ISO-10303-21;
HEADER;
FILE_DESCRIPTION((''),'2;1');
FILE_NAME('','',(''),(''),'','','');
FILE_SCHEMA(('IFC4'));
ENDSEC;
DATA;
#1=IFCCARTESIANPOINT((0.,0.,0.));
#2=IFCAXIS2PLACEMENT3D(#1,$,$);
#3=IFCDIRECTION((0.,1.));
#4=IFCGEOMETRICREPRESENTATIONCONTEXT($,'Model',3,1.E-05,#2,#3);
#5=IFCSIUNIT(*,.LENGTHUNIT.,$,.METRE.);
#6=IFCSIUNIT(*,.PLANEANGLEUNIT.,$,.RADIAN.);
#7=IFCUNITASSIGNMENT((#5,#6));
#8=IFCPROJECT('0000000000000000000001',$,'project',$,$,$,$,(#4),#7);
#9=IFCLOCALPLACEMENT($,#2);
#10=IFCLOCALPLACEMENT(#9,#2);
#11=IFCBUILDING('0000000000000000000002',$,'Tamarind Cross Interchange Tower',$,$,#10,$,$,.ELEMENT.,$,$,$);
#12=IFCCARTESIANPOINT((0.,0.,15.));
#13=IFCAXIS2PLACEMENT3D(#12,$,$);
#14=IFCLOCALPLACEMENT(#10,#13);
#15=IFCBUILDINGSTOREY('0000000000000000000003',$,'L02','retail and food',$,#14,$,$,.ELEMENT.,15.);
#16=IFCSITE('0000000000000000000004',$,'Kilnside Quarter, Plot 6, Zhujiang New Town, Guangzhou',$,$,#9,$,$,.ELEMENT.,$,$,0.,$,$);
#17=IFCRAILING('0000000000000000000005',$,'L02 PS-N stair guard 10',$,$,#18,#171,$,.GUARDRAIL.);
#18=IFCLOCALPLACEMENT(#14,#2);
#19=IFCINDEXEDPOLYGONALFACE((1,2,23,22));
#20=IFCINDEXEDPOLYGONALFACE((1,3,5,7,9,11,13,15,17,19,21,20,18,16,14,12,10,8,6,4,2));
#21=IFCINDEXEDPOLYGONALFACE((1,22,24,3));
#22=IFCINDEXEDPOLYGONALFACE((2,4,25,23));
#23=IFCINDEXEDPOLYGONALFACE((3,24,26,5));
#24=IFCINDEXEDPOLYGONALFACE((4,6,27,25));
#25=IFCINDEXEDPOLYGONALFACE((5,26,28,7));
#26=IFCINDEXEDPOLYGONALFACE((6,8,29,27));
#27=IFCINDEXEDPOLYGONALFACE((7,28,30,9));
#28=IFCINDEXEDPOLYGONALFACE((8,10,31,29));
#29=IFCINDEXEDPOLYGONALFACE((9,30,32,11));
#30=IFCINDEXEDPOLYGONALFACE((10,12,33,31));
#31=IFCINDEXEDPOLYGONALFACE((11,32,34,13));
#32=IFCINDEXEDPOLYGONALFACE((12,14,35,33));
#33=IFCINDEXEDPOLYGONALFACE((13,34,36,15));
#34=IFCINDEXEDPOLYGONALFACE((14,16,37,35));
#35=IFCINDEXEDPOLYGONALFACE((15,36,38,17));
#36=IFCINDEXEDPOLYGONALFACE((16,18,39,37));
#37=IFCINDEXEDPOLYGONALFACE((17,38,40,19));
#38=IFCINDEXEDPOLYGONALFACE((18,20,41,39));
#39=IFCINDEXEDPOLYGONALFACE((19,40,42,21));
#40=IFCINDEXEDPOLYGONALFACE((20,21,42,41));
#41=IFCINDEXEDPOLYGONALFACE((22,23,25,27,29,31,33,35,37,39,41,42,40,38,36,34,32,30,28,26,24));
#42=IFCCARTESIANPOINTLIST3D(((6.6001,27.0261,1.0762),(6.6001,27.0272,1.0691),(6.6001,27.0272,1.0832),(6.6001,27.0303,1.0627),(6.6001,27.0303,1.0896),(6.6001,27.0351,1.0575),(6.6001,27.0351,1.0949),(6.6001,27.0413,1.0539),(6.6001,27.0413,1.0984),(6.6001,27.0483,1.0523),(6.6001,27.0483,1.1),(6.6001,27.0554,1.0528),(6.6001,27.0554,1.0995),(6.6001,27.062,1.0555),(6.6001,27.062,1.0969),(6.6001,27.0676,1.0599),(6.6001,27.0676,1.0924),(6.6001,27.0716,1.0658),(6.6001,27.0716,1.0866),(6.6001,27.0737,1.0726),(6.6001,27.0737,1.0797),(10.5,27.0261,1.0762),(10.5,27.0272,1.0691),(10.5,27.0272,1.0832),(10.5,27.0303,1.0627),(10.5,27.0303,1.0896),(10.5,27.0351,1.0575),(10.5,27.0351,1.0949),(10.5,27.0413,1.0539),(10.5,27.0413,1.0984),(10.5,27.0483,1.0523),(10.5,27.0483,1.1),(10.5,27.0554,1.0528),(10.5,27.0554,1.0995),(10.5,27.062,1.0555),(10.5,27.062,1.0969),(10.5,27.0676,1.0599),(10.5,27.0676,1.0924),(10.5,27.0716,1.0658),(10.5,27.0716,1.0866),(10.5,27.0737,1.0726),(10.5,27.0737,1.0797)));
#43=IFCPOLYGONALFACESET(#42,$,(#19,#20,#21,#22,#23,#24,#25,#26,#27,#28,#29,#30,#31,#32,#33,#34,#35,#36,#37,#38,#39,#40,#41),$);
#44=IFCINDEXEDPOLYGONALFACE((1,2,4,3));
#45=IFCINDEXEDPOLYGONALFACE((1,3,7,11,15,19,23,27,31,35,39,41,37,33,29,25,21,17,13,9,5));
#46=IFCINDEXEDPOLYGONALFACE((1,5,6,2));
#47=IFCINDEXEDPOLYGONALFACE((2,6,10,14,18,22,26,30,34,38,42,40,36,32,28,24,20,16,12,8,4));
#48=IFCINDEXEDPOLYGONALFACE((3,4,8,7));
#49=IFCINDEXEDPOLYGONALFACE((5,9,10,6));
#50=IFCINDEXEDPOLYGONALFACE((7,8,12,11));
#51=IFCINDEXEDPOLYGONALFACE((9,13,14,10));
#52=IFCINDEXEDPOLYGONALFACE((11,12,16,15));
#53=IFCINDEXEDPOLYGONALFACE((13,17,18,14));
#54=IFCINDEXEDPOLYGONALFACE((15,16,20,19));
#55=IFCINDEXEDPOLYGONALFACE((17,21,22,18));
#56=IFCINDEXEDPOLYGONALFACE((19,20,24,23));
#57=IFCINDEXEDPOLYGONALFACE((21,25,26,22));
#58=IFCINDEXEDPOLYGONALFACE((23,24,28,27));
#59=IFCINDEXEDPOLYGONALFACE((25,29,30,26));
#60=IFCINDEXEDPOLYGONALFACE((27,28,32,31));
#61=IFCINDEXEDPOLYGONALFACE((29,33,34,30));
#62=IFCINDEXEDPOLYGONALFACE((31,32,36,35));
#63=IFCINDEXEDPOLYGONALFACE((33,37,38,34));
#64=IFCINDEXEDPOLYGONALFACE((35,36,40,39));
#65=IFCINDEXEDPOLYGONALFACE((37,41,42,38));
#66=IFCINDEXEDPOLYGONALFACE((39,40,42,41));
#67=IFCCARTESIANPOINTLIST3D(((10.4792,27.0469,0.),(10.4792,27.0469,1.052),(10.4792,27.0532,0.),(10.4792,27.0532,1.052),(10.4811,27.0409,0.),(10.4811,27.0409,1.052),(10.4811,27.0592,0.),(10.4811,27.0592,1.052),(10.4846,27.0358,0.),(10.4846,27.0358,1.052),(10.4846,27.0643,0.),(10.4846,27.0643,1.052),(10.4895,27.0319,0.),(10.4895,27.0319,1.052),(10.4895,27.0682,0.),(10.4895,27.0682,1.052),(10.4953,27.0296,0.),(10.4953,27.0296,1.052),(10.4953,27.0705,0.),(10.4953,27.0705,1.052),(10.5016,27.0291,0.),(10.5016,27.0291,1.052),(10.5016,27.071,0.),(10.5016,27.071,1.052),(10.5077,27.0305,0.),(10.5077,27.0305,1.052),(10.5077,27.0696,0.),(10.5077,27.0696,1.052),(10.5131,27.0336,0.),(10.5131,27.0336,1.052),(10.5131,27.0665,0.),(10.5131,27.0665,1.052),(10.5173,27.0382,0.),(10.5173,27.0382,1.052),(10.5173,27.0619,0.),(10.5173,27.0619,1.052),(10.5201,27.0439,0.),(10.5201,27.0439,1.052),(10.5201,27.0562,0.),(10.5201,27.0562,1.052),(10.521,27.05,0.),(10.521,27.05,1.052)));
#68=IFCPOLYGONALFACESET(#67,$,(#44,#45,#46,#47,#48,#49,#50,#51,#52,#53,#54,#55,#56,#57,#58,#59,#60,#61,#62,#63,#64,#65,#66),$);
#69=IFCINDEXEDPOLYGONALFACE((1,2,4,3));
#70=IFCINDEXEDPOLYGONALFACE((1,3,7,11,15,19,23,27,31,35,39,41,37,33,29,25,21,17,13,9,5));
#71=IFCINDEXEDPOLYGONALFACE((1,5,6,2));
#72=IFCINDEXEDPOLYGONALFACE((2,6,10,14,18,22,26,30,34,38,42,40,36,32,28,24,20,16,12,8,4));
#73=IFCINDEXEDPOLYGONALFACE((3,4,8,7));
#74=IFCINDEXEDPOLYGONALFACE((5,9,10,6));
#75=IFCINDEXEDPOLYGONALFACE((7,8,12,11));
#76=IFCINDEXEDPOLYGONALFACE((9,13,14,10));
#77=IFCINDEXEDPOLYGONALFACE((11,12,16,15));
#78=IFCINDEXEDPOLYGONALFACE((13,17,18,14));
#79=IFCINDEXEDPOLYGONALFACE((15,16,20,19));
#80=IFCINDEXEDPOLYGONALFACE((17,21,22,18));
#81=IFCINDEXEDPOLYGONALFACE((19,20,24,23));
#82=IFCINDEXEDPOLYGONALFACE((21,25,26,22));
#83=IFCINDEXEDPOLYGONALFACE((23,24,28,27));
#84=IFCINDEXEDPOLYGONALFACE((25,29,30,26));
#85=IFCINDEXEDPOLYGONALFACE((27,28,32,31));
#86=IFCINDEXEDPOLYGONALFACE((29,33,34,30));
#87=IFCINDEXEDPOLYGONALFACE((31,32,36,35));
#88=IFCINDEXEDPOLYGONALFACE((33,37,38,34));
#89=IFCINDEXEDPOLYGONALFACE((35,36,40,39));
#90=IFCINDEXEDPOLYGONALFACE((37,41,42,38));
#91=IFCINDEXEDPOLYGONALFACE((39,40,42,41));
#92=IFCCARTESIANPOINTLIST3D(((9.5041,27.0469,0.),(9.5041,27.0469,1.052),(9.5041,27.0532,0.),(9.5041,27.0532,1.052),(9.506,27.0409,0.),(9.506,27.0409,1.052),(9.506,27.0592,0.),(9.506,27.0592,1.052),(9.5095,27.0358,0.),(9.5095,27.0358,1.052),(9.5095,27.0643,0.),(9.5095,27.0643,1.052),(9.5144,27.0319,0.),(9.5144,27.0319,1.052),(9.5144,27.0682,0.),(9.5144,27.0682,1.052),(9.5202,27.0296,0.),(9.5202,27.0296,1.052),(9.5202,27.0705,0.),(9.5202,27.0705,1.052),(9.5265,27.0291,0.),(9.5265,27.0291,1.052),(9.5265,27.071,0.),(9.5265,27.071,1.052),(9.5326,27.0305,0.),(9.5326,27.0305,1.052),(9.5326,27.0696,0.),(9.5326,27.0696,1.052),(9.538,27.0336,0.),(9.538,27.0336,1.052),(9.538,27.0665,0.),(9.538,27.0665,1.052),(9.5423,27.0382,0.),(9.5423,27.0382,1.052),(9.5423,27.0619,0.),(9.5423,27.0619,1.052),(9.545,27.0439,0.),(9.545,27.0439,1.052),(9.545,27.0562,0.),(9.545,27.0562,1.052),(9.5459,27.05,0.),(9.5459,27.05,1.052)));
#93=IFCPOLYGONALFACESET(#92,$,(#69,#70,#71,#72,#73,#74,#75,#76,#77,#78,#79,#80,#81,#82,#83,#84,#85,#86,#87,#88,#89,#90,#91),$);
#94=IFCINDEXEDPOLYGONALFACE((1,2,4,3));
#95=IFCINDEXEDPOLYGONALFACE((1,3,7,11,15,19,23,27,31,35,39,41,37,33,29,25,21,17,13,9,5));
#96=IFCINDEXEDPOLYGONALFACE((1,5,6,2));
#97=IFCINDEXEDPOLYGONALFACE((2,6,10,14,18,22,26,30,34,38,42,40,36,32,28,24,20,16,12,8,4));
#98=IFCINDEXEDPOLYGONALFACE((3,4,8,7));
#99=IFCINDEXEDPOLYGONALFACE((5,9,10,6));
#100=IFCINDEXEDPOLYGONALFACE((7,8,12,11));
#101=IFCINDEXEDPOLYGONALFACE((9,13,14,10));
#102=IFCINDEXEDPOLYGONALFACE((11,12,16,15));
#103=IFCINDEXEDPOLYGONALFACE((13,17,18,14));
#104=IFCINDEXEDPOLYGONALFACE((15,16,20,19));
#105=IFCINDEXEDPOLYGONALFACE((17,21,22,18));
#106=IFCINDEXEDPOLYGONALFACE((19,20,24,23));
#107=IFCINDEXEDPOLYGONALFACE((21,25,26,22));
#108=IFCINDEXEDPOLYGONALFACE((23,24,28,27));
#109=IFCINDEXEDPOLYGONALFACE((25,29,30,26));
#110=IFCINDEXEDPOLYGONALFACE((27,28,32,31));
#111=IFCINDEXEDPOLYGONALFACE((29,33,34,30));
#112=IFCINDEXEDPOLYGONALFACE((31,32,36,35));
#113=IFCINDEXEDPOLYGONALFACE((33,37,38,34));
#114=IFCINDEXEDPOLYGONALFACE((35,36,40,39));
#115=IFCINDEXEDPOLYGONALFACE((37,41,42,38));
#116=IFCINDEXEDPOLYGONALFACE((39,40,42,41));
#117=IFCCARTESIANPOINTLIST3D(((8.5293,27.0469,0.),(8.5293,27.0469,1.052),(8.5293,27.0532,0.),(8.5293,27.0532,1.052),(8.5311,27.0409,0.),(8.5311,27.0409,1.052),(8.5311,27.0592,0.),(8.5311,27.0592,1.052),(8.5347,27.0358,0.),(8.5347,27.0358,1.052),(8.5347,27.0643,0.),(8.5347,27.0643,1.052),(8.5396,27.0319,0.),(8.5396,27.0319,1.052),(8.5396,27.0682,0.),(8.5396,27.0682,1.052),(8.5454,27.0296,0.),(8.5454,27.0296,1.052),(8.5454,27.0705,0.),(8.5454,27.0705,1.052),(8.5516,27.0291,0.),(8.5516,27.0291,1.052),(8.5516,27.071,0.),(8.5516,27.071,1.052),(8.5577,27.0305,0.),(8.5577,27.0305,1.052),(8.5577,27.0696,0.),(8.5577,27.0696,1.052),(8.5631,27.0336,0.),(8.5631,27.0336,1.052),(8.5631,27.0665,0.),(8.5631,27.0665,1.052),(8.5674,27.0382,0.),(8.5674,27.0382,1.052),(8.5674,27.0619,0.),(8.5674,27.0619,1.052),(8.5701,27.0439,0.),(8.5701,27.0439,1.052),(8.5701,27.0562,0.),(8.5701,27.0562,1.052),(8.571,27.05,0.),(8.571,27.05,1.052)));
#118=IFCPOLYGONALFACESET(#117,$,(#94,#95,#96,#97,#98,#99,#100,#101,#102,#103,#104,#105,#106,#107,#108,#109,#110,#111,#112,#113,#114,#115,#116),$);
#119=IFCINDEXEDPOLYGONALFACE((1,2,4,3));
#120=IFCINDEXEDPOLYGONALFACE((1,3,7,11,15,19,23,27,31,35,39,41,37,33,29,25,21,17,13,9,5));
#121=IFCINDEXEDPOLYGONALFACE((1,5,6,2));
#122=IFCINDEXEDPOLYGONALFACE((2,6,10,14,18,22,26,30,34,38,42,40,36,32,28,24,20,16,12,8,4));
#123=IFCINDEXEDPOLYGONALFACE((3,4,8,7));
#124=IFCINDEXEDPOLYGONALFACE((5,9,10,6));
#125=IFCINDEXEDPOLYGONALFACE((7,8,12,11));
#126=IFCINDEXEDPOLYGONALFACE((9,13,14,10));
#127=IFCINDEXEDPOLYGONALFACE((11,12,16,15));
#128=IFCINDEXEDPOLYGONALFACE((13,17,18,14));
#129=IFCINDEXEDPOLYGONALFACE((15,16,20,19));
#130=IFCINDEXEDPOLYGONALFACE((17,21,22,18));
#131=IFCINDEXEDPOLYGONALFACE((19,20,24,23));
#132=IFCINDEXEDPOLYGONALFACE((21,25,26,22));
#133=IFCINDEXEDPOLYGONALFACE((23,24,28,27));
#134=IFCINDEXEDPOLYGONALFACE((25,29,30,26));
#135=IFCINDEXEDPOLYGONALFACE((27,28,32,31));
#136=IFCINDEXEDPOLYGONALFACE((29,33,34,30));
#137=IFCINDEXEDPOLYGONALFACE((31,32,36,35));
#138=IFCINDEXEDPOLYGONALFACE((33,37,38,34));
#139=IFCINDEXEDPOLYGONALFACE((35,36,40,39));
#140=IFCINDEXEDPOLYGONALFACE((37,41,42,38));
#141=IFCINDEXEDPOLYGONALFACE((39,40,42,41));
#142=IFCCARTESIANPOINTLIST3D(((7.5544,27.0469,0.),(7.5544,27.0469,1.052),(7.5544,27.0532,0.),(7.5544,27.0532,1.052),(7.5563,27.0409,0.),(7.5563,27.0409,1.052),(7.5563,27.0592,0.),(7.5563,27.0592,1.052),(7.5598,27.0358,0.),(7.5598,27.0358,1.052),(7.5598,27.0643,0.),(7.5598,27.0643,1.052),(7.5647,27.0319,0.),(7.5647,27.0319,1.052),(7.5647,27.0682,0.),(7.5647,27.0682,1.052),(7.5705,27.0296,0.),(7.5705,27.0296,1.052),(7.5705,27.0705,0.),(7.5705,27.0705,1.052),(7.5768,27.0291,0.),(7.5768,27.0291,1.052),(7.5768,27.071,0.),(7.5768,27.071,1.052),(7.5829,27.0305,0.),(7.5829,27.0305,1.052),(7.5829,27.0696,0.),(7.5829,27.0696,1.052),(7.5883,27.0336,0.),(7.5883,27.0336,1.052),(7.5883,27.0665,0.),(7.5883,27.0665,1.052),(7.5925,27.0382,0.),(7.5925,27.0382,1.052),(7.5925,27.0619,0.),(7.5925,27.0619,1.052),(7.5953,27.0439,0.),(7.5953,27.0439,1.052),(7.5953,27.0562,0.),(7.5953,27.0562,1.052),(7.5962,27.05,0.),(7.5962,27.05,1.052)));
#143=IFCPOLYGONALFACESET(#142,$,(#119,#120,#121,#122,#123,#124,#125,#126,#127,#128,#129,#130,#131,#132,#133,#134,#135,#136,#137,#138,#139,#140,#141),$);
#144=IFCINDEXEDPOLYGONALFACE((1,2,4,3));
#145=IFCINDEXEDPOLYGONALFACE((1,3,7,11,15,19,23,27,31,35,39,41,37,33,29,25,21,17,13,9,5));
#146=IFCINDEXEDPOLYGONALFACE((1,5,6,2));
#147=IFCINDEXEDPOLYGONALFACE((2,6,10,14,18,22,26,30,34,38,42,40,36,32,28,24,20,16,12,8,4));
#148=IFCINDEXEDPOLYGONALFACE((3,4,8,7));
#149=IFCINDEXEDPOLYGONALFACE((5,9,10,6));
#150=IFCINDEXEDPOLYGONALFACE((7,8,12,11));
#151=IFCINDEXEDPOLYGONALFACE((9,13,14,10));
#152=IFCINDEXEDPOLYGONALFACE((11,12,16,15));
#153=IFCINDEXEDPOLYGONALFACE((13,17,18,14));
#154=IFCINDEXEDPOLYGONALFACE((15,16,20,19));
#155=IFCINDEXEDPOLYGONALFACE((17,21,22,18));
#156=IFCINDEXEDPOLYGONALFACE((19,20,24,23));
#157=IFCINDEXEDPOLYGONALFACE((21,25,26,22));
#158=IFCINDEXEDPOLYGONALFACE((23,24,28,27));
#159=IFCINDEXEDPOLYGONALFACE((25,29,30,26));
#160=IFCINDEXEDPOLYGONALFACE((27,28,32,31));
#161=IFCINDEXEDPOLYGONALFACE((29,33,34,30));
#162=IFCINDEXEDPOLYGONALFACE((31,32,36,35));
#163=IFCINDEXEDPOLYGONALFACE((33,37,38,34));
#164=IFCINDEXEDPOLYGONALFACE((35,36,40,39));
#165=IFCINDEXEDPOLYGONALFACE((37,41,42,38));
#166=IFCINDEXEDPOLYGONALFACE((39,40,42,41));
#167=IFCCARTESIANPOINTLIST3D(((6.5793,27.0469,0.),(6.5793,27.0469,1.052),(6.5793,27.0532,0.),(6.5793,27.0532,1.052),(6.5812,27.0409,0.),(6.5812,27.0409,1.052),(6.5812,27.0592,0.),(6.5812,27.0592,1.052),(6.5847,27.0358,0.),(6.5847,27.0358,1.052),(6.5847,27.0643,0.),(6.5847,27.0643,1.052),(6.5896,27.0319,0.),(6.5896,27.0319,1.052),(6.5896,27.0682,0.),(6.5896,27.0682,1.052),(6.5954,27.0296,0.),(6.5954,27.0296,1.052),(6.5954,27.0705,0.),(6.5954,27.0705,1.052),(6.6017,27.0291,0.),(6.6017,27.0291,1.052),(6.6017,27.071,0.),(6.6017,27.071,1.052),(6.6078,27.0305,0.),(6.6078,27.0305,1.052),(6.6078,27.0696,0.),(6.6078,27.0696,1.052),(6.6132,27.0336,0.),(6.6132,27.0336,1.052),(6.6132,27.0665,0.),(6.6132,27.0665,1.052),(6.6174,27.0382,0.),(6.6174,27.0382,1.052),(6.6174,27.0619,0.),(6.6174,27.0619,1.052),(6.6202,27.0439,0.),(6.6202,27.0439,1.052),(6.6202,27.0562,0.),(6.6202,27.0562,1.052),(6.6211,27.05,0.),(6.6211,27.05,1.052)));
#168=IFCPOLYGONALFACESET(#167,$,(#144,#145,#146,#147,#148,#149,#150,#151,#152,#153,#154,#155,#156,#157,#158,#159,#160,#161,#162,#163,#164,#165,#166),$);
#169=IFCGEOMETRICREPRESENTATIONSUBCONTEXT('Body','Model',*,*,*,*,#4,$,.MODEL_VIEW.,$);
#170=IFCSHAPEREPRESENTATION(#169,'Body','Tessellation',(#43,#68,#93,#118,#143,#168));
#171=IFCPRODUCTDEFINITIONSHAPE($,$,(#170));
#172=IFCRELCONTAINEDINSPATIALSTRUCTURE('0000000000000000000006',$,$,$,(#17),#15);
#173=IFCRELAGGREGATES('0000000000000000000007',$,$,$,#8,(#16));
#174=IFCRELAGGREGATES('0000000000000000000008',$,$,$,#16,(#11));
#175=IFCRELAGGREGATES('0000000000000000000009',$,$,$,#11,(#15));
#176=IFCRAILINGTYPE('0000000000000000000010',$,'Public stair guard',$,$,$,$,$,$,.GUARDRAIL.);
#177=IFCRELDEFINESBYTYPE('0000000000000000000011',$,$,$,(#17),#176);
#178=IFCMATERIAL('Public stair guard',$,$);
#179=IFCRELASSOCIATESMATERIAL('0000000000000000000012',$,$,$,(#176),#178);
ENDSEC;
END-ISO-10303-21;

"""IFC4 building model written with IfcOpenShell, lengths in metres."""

from ifc_helpers import new_model, si_unit, direction, frame, origin, origin_2d, place, context, subcontext, project, spatial, circle, extrude, material, type_object, element, save


model = new_model("IFC4")

# Units and contexts
model_context = context("Model", 3, precision=1e-05, world=origin(), true_north=direction((0.0, 1.0)))
body_context = subcontext(model_context, "Body", "Model", "MODEL_VIEW")
ifc_project = project(units=[si_unit("LENGTHUNIT", "METRE"), si_unit("PLANEANGLEUNIT", "RADIAN")], contexts=[model_context])

# Site, building, storey
site_placement = place(None, origin())
site = spatial("IfcSite", under=ifc_project, at=site_placement, Name="Kilnside Quarter, Plot 6, Zhujiang New Town, Guangzhou", CompositionType="ELEMENT", RefElevation=0.0)
building_placement = place(site_placement, origin())
building = spatial("IfcBuilding", under=site, at=building_placement, Name="Tamarind Cross Interchange Tower", CompositionType="ELEMENT")
storey_placement = place(building_placement, frame((0.0, 0.0, 15.0)))
storey = spatial("IfcBuildingStorey", under=building, at=storey_placement, Name="L02", Description="retail and food", CompositionType="ELEMENT", Elevation=15.0)

# Railing
ifc_material_1 = material(Name="Public stair guard")
railing_type_1 = type_object("IfcRailingType", Name="Public stair guard", PredefinedType="GUARDRAIL", material=ifc_material_1)
railing_1_placement = place(storey_placement, frame((10.5, 27.05, 0.0)))
element("IfcRailing", 1, at=railing_1_placement, inside=storey, type_object=railing_type_1, Name="L02 PS-N stair guard 10", PredefinedType="GUARDRAIL", context=body_context, shape_type="SweptSolid", body=[
    extrude(circle(Radius=0.0239, at=origin_2d()), frame((0.0, 0.0, 1.0762), z_axis=(-1.0, 0.0, 0.0), x_axis=(0.0, -1.0, 0.0)), (0.0, 0.0, 1.0), 3.8999),
    extrude(circle(Radius=0.021, at=origin_2d()), origin(), (0.0, 0.0, 1.0), 1.052),
    extrude(circle(Radius=0.021, at=origin_2d()), frame((-0.9751, 0.0, 0.0)), (0.0, 0.0, 1.0), 1.052),
    extrude(circle(Radius=0.021, at=origin_2d()), frame((-1.95, 0.0, 0.0)), (0.0, 0.0, 1.0), 1.052),
    extrude(circle(Radius=0.021, at=origin_2d()), frame((-2.9248, 0.0, 0.0)), (0.0, 0.0, 1.0), 1.052),
    extrude(circle(Radius=0.021, at=origin_2d()), frame((-3.8999, 0.0, 0.0)), (0.0, 0.0, 1.0), 1.052),
])

save(model, "model.ifc")
